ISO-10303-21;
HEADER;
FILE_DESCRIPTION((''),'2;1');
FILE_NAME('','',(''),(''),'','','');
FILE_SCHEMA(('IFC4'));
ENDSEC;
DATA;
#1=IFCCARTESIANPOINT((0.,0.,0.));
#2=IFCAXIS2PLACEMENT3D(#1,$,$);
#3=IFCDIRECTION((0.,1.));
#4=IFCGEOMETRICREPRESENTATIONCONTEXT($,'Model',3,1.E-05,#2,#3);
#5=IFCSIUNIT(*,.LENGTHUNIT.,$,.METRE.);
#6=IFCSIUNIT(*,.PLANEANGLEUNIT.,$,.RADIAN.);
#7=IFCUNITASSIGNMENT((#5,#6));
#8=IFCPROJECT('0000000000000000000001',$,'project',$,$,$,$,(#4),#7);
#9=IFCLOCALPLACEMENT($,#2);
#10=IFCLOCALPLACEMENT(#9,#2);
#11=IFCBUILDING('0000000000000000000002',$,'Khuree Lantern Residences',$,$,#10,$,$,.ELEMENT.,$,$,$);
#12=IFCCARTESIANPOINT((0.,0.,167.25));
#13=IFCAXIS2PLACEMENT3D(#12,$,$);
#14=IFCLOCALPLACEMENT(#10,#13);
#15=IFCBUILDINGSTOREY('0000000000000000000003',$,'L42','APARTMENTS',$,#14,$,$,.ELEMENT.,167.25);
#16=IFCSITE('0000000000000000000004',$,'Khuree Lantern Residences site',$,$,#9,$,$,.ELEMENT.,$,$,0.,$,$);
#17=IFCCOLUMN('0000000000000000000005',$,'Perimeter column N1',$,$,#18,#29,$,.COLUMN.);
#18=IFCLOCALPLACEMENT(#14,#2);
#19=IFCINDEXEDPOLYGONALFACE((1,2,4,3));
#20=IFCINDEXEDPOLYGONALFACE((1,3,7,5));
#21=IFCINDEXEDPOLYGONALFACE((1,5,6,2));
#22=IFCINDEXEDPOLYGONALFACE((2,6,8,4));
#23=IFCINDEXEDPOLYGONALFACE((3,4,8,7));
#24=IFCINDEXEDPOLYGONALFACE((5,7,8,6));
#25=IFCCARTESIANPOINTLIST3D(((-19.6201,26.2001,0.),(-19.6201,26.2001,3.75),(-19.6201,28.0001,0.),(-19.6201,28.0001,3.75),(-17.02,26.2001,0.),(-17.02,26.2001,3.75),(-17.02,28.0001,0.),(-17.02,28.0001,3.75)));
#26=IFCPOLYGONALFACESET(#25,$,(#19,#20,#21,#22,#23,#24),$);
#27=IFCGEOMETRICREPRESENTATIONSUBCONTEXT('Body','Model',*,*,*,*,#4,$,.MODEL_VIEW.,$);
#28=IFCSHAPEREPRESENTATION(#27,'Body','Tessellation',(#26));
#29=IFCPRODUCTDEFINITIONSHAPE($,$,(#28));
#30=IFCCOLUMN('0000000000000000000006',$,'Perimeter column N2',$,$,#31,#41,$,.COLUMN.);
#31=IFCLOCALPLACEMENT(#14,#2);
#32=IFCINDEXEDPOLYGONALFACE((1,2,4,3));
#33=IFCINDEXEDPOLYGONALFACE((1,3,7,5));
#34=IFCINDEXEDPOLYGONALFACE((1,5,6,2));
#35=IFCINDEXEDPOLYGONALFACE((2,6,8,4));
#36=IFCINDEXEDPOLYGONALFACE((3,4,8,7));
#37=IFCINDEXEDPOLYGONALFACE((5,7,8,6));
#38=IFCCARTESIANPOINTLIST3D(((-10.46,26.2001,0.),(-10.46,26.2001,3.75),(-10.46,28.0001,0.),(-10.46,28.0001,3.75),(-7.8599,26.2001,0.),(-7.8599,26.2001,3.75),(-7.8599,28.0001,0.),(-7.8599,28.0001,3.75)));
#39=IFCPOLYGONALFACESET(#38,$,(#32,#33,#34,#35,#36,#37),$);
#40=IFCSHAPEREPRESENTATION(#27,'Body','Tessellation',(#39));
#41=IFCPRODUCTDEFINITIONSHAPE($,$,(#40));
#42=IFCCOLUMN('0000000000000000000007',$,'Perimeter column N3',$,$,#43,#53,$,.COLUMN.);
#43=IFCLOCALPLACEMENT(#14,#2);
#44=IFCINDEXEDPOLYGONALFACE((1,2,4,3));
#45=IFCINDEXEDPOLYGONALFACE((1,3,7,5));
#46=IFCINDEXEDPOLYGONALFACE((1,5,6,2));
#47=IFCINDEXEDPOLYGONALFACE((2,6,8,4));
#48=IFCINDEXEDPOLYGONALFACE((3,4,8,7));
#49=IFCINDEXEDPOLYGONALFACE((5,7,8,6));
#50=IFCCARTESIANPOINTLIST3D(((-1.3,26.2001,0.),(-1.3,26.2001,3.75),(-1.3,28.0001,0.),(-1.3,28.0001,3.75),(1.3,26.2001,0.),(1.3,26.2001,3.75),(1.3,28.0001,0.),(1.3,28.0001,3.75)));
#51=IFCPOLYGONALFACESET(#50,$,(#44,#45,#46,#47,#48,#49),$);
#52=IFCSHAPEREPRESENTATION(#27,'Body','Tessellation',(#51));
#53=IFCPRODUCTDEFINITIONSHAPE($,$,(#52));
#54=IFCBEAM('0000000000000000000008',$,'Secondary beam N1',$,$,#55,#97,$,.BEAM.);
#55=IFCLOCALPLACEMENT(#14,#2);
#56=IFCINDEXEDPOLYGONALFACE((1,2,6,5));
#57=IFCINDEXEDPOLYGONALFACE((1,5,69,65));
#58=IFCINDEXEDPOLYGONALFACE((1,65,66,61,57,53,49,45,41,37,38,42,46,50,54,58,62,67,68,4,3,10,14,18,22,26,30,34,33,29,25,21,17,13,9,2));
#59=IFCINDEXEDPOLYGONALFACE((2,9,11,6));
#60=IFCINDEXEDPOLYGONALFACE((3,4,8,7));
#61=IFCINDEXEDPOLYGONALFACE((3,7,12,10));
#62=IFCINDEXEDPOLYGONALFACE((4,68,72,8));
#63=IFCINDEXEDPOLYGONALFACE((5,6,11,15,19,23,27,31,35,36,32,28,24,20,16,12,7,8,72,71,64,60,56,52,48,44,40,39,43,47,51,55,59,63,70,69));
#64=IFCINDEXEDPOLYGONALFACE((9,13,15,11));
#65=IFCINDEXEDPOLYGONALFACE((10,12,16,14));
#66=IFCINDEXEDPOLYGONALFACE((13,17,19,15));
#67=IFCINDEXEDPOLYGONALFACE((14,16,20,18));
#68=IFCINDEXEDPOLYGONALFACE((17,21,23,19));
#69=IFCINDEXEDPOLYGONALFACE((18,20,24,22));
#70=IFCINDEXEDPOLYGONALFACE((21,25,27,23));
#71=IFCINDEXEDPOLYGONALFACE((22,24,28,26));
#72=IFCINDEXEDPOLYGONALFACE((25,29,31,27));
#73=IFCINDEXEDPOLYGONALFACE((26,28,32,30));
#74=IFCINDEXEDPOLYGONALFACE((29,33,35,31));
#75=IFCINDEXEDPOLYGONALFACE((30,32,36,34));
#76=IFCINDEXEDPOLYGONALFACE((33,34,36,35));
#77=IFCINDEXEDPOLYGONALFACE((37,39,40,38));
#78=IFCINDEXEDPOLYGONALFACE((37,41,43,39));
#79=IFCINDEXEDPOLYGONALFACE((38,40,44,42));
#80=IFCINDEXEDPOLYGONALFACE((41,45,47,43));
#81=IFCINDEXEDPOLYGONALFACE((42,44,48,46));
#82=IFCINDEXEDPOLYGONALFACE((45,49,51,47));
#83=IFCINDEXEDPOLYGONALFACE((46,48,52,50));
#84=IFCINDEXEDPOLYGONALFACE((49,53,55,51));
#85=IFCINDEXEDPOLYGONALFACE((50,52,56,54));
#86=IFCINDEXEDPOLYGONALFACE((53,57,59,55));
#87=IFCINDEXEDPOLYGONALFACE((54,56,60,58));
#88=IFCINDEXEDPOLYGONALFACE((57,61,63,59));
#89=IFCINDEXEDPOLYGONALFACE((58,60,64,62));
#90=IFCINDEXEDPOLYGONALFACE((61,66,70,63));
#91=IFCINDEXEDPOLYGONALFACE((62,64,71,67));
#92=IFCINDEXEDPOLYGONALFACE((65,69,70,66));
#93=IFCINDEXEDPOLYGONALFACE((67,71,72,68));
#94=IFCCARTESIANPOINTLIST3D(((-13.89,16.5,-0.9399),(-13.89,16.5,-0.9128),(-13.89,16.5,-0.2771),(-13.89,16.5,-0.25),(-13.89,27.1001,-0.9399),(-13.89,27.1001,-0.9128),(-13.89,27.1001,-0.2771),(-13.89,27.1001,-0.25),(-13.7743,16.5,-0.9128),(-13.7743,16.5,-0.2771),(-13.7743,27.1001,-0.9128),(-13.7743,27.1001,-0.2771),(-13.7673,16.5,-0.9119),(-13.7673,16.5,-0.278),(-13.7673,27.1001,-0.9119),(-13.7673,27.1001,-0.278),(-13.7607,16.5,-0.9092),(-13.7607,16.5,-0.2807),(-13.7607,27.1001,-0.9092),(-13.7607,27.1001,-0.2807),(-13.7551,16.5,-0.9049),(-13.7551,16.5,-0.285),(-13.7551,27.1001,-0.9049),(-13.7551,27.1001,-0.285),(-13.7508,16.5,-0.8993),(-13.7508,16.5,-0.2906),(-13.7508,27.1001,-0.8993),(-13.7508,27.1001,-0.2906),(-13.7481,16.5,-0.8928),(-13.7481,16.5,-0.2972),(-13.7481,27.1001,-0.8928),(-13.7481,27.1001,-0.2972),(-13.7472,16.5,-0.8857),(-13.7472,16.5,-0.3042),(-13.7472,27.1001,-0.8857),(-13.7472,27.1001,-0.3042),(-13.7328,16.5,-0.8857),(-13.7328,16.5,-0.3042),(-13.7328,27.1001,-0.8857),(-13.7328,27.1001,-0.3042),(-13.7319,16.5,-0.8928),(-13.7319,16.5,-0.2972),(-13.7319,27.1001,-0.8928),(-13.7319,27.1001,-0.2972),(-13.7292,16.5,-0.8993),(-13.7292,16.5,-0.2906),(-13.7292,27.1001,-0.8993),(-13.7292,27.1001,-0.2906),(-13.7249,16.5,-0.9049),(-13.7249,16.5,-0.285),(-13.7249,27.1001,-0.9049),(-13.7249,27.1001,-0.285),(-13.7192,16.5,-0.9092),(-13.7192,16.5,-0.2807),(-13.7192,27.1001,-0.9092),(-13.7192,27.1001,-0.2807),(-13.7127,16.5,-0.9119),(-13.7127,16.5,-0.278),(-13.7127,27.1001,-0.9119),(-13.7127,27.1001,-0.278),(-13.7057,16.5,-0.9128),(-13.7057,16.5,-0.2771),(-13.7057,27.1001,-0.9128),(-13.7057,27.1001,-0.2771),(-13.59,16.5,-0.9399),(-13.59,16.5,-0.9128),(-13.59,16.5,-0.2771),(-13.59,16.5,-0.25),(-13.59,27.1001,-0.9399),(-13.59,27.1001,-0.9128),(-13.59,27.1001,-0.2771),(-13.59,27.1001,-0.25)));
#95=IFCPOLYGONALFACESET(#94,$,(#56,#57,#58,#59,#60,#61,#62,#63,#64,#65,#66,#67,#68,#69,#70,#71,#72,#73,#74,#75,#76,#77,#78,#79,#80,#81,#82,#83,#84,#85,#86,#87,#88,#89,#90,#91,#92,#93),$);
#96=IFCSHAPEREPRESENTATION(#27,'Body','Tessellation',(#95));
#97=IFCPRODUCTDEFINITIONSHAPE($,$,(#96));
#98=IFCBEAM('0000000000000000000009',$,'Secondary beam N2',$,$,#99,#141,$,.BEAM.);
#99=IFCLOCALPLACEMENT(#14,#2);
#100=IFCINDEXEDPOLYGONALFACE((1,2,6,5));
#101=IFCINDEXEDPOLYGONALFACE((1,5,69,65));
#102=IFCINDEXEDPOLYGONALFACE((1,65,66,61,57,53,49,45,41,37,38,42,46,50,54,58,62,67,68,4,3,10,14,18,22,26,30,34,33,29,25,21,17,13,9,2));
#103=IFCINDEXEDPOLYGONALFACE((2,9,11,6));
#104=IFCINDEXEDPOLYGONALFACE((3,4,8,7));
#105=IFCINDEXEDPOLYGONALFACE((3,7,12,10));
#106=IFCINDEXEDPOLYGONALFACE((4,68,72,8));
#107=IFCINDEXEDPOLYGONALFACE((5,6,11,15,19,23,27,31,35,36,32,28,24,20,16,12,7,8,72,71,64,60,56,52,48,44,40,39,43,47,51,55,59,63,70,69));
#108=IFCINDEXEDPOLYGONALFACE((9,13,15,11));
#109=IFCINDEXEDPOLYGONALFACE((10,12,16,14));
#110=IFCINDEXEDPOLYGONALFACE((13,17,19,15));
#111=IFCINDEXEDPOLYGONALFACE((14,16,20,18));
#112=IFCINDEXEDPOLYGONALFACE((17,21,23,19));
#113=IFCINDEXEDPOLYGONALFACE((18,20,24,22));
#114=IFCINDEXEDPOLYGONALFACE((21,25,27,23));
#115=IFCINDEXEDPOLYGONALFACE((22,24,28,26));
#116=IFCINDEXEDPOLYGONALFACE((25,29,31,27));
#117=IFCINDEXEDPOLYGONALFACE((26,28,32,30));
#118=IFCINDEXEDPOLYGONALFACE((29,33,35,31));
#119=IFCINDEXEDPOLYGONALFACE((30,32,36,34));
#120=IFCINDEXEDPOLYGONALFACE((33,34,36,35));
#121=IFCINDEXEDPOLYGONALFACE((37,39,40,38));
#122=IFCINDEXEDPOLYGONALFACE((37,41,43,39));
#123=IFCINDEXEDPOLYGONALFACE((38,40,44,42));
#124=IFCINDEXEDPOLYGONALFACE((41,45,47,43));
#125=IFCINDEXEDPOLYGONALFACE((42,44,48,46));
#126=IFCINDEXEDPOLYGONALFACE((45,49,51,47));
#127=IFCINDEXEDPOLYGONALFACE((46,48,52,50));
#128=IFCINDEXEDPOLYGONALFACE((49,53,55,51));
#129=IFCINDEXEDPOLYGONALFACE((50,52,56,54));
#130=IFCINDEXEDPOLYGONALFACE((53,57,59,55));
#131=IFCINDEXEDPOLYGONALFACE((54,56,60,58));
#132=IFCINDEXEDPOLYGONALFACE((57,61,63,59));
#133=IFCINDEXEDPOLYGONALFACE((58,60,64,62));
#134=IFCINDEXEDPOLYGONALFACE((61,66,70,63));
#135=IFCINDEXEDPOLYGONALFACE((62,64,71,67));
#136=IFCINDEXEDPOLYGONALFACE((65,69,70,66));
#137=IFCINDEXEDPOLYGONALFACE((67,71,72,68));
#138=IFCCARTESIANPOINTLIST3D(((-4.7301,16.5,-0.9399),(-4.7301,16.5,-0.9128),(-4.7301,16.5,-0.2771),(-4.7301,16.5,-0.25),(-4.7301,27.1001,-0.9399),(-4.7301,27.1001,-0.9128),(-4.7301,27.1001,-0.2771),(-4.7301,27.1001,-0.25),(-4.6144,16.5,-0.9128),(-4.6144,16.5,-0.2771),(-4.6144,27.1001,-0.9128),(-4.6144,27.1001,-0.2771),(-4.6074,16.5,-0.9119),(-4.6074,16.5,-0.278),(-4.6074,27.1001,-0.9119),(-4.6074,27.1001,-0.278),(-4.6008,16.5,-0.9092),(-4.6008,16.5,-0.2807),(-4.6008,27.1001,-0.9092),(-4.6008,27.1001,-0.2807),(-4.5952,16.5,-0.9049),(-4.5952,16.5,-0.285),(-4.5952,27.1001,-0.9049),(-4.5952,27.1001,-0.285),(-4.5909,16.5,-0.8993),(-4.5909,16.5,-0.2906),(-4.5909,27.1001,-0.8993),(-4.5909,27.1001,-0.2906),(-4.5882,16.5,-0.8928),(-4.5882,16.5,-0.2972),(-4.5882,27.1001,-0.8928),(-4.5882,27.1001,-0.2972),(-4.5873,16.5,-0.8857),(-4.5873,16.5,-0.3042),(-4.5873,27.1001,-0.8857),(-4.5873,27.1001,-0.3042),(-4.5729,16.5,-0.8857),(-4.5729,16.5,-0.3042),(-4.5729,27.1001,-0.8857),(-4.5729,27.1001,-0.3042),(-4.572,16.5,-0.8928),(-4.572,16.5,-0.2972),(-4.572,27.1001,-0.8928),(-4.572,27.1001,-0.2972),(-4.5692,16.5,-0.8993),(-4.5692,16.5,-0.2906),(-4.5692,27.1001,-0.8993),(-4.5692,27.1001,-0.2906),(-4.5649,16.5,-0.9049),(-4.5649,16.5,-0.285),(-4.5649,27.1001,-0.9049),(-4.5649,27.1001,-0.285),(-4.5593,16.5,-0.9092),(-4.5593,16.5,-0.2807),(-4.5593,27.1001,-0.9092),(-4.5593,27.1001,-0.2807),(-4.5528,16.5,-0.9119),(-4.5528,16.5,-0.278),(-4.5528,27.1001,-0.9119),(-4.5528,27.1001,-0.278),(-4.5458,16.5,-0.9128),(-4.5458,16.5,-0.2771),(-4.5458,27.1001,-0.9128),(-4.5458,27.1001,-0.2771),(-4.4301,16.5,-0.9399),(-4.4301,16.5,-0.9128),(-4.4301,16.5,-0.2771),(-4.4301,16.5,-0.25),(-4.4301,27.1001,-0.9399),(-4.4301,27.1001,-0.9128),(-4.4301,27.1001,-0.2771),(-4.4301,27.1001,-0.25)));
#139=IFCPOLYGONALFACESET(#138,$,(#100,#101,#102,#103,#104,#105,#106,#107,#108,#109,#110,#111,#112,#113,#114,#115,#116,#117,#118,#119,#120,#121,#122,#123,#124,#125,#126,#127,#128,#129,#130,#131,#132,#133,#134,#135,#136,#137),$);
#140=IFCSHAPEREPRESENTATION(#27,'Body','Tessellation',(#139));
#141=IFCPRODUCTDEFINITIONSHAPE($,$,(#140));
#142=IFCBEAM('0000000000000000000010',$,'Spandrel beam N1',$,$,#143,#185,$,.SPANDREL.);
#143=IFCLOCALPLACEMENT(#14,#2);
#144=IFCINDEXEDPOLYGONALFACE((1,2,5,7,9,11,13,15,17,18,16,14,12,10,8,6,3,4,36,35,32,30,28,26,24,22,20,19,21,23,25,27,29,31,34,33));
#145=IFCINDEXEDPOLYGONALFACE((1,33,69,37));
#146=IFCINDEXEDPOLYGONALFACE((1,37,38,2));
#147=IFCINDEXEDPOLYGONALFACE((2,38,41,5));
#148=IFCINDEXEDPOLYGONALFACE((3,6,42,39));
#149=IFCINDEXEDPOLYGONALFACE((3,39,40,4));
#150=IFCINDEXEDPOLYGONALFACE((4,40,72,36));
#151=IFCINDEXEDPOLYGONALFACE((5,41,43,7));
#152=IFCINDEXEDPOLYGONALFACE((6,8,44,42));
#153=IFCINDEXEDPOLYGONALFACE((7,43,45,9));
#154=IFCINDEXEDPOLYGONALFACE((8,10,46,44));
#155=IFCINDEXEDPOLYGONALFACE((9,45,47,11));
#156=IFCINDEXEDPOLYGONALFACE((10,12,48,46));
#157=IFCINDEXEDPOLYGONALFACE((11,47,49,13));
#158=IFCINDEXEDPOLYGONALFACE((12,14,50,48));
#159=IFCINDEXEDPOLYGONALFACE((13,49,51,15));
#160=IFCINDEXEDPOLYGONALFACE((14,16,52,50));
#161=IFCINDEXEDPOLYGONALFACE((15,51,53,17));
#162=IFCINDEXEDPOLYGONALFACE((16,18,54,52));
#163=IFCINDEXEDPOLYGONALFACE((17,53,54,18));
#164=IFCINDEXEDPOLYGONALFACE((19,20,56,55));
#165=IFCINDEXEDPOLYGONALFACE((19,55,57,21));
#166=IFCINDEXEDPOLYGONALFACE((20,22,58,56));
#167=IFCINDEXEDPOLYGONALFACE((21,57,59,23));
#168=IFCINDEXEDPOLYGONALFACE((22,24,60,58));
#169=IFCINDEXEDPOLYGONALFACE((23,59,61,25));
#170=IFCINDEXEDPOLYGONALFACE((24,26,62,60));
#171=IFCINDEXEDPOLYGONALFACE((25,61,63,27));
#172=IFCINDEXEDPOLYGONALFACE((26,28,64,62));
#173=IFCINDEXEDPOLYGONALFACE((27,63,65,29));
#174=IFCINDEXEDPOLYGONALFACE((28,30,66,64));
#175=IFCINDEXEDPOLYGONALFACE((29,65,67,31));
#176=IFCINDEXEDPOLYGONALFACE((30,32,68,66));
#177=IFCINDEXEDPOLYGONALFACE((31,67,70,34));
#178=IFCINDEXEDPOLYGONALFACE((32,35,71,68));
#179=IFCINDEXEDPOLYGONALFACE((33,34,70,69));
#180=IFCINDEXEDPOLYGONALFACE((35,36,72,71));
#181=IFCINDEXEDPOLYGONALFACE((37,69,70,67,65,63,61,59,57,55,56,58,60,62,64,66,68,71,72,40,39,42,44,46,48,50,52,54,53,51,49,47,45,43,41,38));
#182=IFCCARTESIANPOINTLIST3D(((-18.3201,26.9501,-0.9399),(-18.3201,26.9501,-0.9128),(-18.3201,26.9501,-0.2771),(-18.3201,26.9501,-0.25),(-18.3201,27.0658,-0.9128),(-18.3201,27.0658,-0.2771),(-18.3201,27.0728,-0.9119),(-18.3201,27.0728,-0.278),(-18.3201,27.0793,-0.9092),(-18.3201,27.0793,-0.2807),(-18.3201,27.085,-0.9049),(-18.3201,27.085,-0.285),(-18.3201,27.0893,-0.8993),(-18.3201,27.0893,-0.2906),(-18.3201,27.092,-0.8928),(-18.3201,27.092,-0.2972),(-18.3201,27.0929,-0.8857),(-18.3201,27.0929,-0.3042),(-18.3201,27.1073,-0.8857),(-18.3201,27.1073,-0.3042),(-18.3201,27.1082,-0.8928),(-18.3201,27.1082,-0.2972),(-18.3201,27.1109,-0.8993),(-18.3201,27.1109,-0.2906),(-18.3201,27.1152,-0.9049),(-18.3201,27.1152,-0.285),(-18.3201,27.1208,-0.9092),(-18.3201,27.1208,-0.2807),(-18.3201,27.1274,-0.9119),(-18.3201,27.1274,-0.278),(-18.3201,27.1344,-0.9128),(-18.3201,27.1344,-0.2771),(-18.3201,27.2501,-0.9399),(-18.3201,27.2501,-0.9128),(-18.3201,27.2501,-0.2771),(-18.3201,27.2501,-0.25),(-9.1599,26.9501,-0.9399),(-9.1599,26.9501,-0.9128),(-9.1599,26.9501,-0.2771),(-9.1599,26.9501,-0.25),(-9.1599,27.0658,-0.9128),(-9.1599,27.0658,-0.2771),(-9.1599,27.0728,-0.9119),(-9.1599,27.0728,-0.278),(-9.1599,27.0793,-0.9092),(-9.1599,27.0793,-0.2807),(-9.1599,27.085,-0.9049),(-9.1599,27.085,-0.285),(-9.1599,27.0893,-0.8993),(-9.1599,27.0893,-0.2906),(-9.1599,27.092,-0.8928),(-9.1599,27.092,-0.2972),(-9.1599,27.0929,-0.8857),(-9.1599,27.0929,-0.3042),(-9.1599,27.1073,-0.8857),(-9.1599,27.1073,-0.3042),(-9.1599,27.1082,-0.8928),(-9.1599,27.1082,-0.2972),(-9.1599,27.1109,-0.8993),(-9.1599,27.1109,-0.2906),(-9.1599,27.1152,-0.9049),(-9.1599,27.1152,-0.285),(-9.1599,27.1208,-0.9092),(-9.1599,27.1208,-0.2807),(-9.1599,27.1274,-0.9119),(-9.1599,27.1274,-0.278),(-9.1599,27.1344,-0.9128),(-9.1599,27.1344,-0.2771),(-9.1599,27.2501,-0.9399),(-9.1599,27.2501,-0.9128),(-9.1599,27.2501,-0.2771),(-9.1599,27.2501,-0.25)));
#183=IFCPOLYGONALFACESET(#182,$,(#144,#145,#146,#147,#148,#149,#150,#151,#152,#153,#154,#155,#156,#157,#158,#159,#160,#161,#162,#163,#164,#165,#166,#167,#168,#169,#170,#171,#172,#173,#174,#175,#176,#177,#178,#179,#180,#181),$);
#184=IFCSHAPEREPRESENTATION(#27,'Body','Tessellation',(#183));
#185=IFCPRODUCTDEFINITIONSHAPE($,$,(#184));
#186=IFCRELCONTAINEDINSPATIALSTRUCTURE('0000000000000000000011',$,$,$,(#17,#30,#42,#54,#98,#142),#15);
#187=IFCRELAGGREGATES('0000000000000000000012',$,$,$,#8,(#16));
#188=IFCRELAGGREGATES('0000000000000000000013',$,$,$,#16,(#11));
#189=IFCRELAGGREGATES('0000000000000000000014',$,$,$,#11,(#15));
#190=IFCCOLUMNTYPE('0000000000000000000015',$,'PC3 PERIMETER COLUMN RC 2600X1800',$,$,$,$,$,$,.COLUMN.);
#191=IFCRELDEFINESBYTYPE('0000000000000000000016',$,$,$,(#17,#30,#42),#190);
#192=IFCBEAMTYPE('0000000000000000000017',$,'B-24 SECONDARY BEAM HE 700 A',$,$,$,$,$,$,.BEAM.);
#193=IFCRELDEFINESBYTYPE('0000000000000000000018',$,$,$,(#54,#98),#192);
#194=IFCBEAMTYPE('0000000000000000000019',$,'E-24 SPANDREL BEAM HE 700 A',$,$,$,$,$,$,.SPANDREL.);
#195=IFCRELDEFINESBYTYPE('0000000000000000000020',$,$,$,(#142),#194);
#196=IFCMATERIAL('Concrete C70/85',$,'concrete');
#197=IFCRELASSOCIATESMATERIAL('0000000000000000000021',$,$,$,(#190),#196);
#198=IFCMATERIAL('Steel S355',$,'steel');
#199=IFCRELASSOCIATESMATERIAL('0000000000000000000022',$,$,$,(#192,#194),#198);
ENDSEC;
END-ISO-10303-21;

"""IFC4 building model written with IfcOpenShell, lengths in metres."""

from ifc_helpers import new_model, si_unit, direction, frame, origin, origin_2d, place, context, subcontext, project, spatial, rectangle, i_section, extrude, material, material_profile, profile_set, type_object, element, save


model = new_model("IFC4")

# Units and contexts
model_context = context("Model", 3, precision=1e-05, world=origin(), true_north=direction((0.0, 1.0)))
body_context = subcontext(model_context, "Body", "Model", "MODEL_VIEW")
ifc_project = project(units=[si_unit("LENGTHUNIT", "METRE"), si_unit("PLANEANGLEUNIT", "RADIAN")], contexts=[model_context])

# Site, building, storey
site_placement = place(None, origin())
site = spatial("IfcSite", under=ifc_project, at=site_placement, Name="Khuree Lantern Residences site", CompositionType="ELEMENT", RefElevation=0.0)
building_placement = place(site_placement, origin())
building = spatial("IfcBuilding", under=site, at=building_placement, Name="Khuree Lantern Residences", CompositionType="ELEMENT")
storey_placement = place(building_placement, frame((0.0, 0.0, 167.25)))
storey = spatial("IfcBuildingStorey", under=building, at=storey_placement, Name="L42", Description="APARTMENTS", CompositionType="ELEMENT", Elevation=167.25)

# Columns
ifc_material_1 = material(Name="Concrete C70/85", Category="concrete")
ifc_material_profile_1 = material_profile(ifc_material_1, rectangle(XDim=2.6001, YDim=1.8, at=origin_2d()), Name="RC 2600X1800")
ifc_profile_set_1 = profile_set([ifc_material_profile_1], Name="Concrete C70/85")
column_type = type_object("IfcColumnType", Name="PC3 PERIMETER COLUMN RC 2600X1800", PredefinedType="COLUMN", material=ifc_profile_set_1)
for number, where, z_axis, x_axis, name in (
    (1, (-18.3201, 27.1001, 0.0), (0.0, 0.0, 1.0), (1.0, 0.0, 0.0), "Perimeter column N1"),
    (2, (-9.1599, 27.1001, 0.0), (0.0, 0.0, 1.0), (1.0, 0.0, 0.0), "Perimeter column N2"),
    (3, (0.0, 27.1001, 0.0), (0.0, 0.0, 1.0), (1.0, 0.0, 0.0), "Perimeter column N3"),
):
    element("IfcColumn", number, at=place(storey_placement, frame(where, z_axis=z_axis, x_axis=x_axis)), inside=storey, type_object=column_type, Name=name, PredefinedType="COLUMN", context=body_context, shape_type="SweptSolid", body=[
        extrude(rectangle(XDim=2.6001, YDim=1.8, at=origin_2d()), origin(), (0.0, 0.0, 1.0), 3.75),
    ])

# Beams
ifc_material_2 = material(Name="Steel S355", Category="steel")
ifc_material_profile_2 = material_profile(ifc_material_2, i_section(OverallWidth=0.3, OverallDepth=0.6899, WebThickness=0.0144, FlangeThickness=0.0271, FilletRadius=0.0271, at=origin_2d()), Name="HE 700 A")
ifc_profile_set_2 = profile_set([ifc_material_profile_2], Name="Steel S355")
beam_type_1 = type_object("IfcBeamType", Name="B-24 SECONDARY BEAM HE 700 A", PredefinedType="BEAM", material=ifc_profile_set_2)
for number, where, z_axis, x_axis, name in (
    (4, (-13.74, 27.1001, -0.595), (0.0, -1.0, 0.0), (1.0, 0.0, 0.0), "Secondary beam N1"),
    (5, (-4.5801, 27.1001, -0.595), (0.0, -1.0, 0.0), (1.0, 0.0, 0.0), "Secondary beam N2"),
):
    element("IfcBeam", number, at=place(storey_placement, frame(where, z_axis=z_axis, x_axis=x_axis)), inside=storey, type_object=beam_type_1, Name=name, PredefinedType="BEAM", context=body_context, shape_type="SweptSolid", body=[
        extrude(i_section(OverallWidth=0.3, OverallDepth=0.6899, WebThickness=0.0144, FlangeThickness=0.0271, FilletRadius=0.0271, at=origin_2d()), origin(), (0.0, 0.0, 1.0), 10.6001),
    ])
ifc_material_profile_3 = material_profile(ifc_material_2, i_section(OverallWidth=0.3, OverallDepth=0.6899, WebThickness=0.0144, FlangeThickness=0.0271, FilletRadius=0.0271, at=origin_2d()), Name="HE 700 A")
ifc_profile_set_3 = profile_set([ifc_material_profile_3], Name="Steel S355")
beam_type_2 = type_object("IfcBeamType", Name="E-24 SPANDREL BEAM HE 700 A", PredefinedType="SPANDREL", material=ifc_profile_set_3)
beam_1_placement = place(storey_placement, frame((-18.3201, 27.1001, -0.595), z_axis=(1.0, 0.0, 0.0), x_axis=(0.0, 1.0, 0.0)))
element("IfcBeam", 6, at=beam_1_placement, inside=storey, type_object=beam_type_2, Name="Spandrel beam N1", PredefinedType="SPANDREL", context=body_context, shape_type="SweptSolid", body=[
    extrude(i_section(OverallWidth=0.3, OverallDepth=0.6899, WebThickness=0.0144, FlangeThickness=0.0271, FilletRadius=0.0271, at=origin_2d()), origin(), (0.0, 0.0, 1.0), 9.1602),
])

save(model, "model.ifc")
